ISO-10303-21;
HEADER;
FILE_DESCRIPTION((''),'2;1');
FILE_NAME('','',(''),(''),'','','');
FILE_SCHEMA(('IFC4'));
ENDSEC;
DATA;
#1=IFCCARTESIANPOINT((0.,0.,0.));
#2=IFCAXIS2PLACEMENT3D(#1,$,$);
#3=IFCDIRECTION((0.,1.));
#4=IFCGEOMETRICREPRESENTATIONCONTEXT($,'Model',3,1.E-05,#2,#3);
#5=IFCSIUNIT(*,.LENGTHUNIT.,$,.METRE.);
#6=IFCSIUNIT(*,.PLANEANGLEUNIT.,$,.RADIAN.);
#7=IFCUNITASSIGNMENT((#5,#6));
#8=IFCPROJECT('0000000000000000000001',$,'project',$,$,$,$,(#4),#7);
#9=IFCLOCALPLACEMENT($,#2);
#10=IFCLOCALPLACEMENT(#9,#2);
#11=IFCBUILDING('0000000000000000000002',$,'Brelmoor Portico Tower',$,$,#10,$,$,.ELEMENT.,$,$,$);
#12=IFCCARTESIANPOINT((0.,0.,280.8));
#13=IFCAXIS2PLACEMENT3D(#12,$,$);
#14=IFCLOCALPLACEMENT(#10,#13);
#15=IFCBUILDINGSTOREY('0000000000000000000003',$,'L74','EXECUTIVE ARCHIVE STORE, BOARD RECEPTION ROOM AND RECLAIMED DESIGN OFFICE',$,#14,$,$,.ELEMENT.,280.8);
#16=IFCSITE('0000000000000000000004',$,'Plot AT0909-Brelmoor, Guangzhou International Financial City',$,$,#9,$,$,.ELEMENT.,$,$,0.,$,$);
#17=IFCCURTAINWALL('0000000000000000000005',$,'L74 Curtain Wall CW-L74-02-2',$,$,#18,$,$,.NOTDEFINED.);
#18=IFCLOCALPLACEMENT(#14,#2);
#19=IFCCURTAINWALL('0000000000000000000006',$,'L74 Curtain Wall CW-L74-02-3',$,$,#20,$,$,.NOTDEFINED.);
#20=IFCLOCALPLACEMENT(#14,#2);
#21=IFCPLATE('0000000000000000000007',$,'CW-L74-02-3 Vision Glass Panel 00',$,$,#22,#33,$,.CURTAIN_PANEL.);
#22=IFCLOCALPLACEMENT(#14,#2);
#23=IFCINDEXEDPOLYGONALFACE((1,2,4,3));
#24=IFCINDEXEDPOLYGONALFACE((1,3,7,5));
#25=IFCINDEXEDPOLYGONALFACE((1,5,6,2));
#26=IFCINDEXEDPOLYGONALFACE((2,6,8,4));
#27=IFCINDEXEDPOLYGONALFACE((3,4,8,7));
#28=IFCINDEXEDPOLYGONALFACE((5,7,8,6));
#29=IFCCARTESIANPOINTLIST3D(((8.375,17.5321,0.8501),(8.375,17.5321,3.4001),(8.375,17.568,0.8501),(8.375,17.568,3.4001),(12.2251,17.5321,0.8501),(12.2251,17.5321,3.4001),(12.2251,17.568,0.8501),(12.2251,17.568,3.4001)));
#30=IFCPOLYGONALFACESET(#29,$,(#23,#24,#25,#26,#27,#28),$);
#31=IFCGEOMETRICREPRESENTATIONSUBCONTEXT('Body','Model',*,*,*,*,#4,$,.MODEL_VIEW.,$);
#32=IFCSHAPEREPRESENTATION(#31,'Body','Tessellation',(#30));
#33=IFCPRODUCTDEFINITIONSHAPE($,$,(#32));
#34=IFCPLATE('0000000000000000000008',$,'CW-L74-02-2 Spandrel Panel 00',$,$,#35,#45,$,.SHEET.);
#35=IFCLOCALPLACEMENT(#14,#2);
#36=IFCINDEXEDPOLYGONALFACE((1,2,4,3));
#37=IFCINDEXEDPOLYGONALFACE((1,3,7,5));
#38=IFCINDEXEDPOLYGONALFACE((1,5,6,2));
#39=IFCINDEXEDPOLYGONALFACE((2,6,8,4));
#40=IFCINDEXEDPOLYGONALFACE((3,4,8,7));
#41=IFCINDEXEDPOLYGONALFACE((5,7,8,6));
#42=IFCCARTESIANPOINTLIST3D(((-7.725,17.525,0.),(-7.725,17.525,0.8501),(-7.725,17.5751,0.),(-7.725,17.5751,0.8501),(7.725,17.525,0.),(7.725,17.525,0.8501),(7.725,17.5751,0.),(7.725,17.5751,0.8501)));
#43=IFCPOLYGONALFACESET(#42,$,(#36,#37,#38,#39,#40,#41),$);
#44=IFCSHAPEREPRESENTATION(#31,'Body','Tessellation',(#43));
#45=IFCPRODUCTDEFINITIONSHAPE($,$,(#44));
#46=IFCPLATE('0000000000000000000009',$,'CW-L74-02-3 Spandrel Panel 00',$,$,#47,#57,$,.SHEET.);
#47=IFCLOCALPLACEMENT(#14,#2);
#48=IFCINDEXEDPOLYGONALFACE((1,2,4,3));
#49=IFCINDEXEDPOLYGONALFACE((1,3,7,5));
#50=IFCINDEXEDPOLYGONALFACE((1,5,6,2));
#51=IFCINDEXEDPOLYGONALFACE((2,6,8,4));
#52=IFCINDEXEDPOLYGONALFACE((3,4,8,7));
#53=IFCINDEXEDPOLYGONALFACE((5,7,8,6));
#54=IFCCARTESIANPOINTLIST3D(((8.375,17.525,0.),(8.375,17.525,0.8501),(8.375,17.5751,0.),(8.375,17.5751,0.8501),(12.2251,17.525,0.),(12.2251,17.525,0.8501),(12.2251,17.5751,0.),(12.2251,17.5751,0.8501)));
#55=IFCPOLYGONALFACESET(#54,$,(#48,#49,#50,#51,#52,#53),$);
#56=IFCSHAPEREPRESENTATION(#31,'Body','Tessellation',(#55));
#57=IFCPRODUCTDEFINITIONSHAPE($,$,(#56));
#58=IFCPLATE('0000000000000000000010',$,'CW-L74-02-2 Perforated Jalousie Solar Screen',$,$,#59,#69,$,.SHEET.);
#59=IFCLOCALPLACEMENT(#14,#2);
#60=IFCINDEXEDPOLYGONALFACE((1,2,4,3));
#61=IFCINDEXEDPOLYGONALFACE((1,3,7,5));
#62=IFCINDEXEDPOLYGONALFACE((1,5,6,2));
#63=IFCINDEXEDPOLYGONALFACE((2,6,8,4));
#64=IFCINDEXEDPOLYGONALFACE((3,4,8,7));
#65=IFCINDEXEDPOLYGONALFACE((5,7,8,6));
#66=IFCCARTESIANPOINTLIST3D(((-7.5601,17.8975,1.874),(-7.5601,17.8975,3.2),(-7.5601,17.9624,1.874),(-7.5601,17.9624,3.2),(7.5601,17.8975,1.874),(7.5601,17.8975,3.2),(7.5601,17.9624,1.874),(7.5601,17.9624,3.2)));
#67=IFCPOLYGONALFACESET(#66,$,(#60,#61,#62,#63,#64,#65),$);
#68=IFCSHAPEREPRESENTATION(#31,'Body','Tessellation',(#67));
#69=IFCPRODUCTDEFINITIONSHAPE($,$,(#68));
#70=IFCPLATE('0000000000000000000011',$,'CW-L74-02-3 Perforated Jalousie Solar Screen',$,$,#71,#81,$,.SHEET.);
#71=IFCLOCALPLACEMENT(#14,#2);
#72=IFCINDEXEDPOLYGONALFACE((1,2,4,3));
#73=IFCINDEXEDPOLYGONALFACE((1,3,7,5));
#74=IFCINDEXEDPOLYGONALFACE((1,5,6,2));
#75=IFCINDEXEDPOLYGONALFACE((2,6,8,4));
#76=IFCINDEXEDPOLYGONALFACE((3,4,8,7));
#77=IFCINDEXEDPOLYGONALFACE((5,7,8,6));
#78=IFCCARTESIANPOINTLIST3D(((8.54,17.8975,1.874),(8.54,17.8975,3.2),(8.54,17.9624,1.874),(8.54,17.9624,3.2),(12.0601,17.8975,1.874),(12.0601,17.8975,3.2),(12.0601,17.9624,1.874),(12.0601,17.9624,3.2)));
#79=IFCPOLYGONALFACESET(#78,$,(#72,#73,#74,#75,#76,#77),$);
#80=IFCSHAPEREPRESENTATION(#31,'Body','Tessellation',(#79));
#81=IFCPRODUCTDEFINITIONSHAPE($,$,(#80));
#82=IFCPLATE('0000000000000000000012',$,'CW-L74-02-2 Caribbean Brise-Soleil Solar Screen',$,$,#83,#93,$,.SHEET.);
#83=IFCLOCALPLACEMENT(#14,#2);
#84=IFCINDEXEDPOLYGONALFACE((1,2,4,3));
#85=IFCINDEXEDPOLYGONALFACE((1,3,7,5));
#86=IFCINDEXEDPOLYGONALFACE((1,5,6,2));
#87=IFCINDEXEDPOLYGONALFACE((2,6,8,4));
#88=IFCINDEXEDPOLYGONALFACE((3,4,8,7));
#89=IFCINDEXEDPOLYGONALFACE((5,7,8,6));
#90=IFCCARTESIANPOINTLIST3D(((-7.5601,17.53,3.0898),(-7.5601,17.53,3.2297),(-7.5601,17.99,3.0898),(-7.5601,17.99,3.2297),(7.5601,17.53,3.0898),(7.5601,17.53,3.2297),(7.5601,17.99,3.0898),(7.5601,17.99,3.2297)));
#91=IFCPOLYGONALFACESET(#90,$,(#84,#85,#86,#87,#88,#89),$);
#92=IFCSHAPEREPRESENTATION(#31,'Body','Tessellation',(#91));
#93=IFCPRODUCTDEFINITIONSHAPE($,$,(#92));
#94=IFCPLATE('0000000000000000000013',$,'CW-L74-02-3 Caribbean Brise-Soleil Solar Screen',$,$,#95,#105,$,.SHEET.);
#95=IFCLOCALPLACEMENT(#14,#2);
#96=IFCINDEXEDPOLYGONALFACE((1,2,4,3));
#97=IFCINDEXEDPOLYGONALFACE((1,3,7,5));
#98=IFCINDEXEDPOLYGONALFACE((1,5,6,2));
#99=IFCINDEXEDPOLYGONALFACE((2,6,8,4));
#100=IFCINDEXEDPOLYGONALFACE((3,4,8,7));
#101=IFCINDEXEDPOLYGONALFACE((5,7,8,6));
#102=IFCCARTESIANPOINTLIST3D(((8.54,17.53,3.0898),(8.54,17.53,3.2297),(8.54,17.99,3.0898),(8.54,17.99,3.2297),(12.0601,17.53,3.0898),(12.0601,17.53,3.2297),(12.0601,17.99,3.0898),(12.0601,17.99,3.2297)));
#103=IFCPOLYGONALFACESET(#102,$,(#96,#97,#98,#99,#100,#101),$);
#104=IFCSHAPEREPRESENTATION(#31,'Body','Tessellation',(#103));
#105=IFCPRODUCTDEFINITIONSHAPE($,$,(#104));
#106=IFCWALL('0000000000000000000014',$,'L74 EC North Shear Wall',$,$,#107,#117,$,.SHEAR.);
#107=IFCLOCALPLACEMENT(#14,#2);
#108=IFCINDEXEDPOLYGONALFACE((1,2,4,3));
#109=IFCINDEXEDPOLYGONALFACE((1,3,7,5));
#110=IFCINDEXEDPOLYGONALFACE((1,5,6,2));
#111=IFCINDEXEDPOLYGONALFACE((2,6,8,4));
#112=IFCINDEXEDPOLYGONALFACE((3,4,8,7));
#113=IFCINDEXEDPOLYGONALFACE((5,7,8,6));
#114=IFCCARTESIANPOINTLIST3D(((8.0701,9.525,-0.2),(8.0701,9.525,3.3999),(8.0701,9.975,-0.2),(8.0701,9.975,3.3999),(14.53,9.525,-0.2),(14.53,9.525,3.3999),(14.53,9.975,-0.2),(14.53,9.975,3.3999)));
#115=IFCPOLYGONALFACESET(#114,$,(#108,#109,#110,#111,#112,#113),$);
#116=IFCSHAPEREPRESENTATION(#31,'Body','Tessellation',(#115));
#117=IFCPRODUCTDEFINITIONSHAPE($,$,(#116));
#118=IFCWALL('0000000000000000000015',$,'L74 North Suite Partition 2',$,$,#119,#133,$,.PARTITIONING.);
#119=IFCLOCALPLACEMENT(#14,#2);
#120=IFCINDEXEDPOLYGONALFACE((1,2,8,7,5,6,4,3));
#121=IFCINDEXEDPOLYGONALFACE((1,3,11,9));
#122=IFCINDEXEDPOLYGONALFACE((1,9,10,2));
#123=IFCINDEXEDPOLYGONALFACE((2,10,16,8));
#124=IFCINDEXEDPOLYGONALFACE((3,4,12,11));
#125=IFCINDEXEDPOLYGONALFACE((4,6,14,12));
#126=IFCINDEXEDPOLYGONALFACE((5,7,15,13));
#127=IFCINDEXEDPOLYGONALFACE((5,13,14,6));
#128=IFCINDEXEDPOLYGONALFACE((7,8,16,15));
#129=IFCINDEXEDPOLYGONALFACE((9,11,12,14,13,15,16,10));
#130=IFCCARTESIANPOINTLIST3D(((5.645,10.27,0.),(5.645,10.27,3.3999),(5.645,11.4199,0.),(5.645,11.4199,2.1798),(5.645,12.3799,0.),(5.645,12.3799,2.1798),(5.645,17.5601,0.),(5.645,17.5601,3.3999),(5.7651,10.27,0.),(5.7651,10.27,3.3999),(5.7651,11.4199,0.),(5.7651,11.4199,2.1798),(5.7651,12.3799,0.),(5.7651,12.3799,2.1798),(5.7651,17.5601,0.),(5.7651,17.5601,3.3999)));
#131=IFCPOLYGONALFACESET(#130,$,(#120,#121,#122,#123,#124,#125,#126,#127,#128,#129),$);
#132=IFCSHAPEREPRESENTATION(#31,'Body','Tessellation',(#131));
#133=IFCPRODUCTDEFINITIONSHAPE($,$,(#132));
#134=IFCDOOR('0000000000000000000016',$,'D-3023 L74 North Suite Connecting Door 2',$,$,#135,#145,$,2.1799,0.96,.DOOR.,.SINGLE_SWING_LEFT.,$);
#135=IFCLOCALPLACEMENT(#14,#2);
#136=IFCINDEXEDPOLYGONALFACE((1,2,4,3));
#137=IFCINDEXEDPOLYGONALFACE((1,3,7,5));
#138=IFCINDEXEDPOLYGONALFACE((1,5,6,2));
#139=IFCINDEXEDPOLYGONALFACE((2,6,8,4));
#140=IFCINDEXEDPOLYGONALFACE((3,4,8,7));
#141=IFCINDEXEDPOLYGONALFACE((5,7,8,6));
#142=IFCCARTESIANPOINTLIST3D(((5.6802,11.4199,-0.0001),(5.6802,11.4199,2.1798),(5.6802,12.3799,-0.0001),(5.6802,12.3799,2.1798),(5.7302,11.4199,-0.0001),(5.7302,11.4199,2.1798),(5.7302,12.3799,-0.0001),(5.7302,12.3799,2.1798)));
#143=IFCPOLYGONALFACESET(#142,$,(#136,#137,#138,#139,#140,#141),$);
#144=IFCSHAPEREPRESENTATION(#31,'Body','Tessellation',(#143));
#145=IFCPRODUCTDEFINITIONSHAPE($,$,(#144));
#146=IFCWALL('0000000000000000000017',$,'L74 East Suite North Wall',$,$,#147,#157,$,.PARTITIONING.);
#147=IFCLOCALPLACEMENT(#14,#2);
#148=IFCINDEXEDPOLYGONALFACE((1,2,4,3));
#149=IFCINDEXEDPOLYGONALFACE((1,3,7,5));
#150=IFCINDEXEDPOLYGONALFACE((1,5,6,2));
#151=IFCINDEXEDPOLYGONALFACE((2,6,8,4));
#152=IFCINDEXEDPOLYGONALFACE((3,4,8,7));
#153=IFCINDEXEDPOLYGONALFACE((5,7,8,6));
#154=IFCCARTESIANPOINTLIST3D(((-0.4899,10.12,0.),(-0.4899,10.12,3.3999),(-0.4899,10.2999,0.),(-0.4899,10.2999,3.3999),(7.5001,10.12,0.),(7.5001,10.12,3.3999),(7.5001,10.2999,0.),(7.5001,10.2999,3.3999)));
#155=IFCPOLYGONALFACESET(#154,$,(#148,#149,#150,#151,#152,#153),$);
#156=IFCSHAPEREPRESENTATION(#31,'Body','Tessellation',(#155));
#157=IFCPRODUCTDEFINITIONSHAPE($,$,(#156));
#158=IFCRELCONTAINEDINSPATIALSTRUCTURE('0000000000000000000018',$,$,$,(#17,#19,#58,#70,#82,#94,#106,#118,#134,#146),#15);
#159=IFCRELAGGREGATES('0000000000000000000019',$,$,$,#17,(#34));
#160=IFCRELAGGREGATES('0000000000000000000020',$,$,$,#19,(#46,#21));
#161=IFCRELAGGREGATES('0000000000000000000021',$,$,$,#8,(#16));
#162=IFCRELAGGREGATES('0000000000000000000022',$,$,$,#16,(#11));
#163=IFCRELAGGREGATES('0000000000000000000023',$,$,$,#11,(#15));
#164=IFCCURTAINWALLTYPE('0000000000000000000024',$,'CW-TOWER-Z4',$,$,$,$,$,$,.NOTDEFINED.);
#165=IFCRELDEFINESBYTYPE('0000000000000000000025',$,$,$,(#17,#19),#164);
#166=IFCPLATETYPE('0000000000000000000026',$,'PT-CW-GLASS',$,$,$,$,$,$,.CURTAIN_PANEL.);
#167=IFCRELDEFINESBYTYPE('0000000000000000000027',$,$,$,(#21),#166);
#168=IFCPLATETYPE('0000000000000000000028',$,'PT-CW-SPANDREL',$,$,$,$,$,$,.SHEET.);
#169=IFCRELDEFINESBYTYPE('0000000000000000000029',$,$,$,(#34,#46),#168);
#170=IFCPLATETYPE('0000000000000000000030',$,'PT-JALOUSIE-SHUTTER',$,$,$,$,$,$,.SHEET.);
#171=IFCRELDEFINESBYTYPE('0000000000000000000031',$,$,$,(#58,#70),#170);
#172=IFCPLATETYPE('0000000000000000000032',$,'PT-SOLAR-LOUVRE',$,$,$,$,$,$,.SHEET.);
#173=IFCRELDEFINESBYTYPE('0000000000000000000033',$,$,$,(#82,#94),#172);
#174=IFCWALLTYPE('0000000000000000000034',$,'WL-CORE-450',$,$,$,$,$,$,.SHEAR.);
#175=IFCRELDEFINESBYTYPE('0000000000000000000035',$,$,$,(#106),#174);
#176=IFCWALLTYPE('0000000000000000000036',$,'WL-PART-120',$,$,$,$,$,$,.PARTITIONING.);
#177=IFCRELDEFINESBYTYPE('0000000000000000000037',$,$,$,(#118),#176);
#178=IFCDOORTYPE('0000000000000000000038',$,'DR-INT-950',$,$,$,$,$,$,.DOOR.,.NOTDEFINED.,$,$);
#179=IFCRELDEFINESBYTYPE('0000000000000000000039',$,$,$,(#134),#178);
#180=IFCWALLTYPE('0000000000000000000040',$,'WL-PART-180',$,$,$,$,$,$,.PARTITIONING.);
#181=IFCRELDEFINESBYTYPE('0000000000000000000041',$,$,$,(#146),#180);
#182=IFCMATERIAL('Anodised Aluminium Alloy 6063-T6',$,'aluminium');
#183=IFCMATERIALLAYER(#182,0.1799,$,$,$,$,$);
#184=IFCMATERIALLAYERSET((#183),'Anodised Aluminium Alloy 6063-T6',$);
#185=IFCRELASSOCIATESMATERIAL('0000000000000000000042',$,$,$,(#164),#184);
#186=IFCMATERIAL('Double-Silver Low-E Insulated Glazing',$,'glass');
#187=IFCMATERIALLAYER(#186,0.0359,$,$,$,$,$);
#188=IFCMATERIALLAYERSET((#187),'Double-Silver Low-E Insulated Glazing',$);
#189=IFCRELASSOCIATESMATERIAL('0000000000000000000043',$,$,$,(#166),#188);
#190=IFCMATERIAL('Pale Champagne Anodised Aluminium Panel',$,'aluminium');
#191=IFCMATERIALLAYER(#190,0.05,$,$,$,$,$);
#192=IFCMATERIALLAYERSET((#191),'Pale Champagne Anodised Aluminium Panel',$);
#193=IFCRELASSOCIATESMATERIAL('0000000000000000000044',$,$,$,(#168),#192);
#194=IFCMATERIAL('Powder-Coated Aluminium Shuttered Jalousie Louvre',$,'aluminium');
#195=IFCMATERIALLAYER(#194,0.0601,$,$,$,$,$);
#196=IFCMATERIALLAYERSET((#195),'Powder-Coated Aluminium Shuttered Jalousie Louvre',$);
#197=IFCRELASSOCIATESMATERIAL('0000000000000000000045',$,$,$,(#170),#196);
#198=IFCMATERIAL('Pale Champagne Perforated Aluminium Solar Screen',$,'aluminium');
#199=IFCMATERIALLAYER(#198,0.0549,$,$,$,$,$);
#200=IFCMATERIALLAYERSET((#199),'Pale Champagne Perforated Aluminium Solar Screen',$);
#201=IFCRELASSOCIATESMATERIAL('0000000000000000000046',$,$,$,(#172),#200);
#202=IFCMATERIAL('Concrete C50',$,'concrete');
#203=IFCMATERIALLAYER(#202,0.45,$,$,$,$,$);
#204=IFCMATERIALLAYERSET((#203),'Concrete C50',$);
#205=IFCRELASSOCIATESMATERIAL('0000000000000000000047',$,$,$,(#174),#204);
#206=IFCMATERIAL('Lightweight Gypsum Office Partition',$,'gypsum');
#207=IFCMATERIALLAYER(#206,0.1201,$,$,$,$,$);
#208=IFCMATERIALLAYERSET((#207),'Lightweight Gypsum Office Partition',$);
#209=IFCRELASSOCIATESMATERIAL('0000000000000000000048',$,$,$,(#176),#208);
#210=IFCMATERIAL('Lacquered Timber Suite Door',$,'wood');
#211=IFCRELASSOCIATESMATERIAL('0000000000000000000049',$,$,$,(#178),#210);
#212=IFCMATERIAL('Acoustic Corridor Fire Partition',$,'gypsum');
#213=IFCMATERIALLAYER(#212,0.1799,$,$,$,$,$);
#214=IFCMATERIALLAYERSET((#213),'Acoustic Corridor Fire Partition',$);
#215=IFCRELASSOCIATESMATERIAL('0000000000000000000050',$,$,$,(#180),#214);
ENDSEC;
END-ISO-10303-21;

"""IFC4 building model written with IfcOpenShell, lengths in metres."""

from ifc_helpers import new_model, si_unit, direction, frame, frame_2d, origin, origin_2d, place, context, subcontext, project, spatial, rectangle, extrude, material, layer, layer_set, type_object, element, fill, aggregate, save


model = new_model("IFC4")

# Units and contexts
model_context = context("Model", 3, precision=1e-05, world=origin(), true_north=direction((0.0, 1.0)))
body_context = subcontext(model_context, "Body", "Model", "MODEL_VIEW")
ifc_project = project(units=[si_unit("LENGTHUNIT", "METRE"), si_unit("PLANEANGLEUNIT", "RADIAN")], contexts=[model_context])

# Site, building, storey
site_placement = place(None, origin())
site = spatial("IfcSite", under=ifc_project, at=site_placement, Name="Plot AT0909-Brelmoor, Guangzhou International Financial City", CompositionType="ELEMENT", RefElevation=0.0)
building_placement = place(site_placement, origin())
building = spatial("IfcBuilding", under=site, at=building_placement, Name="Brelmoor Portico Tower", CompositionType="ELEMENT")
storey_placement = place(building_placement, frame((0.0, 0.0, 280.8)))
storey = spatial("IfcBuildingStorey", under=building, at=storey_placement, Name="L74", Description="EXECUTIVE ARCHIVE STORE, BOARD RECEPTION ROOM AND RECLAIMED DESIGN OFFICE", CompositionType="ELEMENT", Elevation=280.8)

# Curtain wall
ifc_material_1 = material(Name="Anodised Aluminium Alloy 6063-T6", Category="aluminium")
ifc_layer_1 = layer(ifc_material_1, 0.1799)
ifc_layer_set_1 = layer_set([ifc_layer_1], Name="Anodised Aluminium Alloy 6063-T6")
curtain_wall_type = type_object("IfcCurtainWallType", Name="CW-TOWER-Z4", PredefinedType="NOTDEFINED", material=ifc_layer_set_1)
curtain_wall_1_placement = place(storey_placement, origin())
curtain_wall_1 = element("IfcCurtainWall", 1, at=curtain_wall_1_placement, inside=storey, type_object=curtain_wall_type, Name="L74 Curtain Wall CW-L74-02-2", PredefinedType="NOTDEFINED")

# Curtain wall
curtain_wall_2_placement = place(storey_placement, origin())
curtain_wall_2 = element("IfcCurtainWall", 2, at=curtain_wall_2_placement, inside=storey, type_object=curtain_wall_type, Name="L74 Curtain Wall CW-L74-02-3", PredefinedType="NOTDEFINED")

# Plates
ifc_material_2 = material(Name="Double-Silver Low-E Insulated Glazing", Category="glass")
ifc_layer_2 = layer(ifc_material_2, 0.0359)
ifc_layer_set_2 = layer_set([ifc_layer_2], Name="Double-Silver Low-E Insulated Glazing")
plate_type_1 = type_object("IfcPlateType", Name="PT-CW-GLASS", PredefinedType="CURTAIN_PANEL", material=ifc_layer_set_2)
plate_1_placement = place(storey_placement, frame((10.3, 17.55, 0.8501), z_axis=(0.0, 0.0, 1.0), x_axis=(1.0, 0.0, 0.0)))
plate_1 = element("IfcPlate", 3, at=plate_1_placement, type_object=plate_type_1, Name="CW-L74-02-3 Vision Glass Panel 00", PredefinedType="CURTAIN_PANEL", context=body_context, shape_type="SweptSolid", body=[
    extrude(rectangle(XDim=3.8501, YDim=0.0359, at=origin_2d()), origin(), (0.0, 0.0, 1.0), 2.55),
])
ifc_material_3 = material(Name="Pale Champagne Anodised Aluminium Panel", Category="aluminium")
ifc_layer_3 = layer(ifc_material_3, 0.05)
ifc_layer_set_3 = layer_set([ifc_layer_3], Name="Pale Champagne Anodised Aluminium Panel")
plate_type_2 = type_object("IfcPlateType", Name="PT-CW-SPANDREL", PredefinedType="SHEET", material=ifc_layer_set_3)
plate_2_placement = place(storey_placement, frame((0.0, 17.55, 0.0), z_axis=(0.0, 0.0, 1.0), x_axis=(1.0, 0.0, 0.0)))
plate_2 = element("IfcPlate", 4, at=plate_2_placement, type_object=plate_type_2, Name="CW-L74-02-2 Spandrel Panel 00", PredefinedType="SHEET", context=body_context, shape_type="SweptSolid", body=[
    extrude(rectangle(XDim=15.45, YDim=0.05, at=origin_2d()), origin(), (0.0, 0.0, 1.0), 0.8501),
])
aggregate(curtain_wall_1, [plate_2])
plate_3_placement = place(storey_placement, frame((10.3, 17.55, 0.0), z_axis=(0.0, 0.0, 1.0), x_axis=(1.0, 0.0, 0.0)))
plate_3 = element("IfcPlate", 5, at=plate_3_placement, type_object=plate_type_2, Name="CW-L74-02-3 Spandrel Panel 00", PredefinedType="SHEET", context=body_context, shape_type="SweptSolid", body=[
    extrude(rectangle(XDim=3.8501, YDim=0.05, at=origin_2d()), origin(), (0.0, 0.0, 1.0), 0.8501),
])
aggregate(curtain_wall_2, [plate_3, plate_1])

# Plates
ifc_material_4 = material(Name="Powder-Coated Aluminium Shuttered Jalousie Louvre", Category="aluminium")
ifc_layer_4 = layer(ifc_material_4, 0.0601)
ifc_layer_set_4 = layer_set([ifc_layer_4], Name="Powder-Coated Aluminium Shuttered Jalousie Louvre")
plate_type_3 = type_object("IfcPlateType", Name="PT-JALOUSIE-SHUTTER", PredefinedType="SHEET", material=ifc_layer_set_4)
plate_4_placement = place(storey_placement, frame((0.0, 17.9299, 1.874), z_axis=(0.0, 0.0, 1.0), x_axis=(1.0, 0.0, 0.0)))
element("IfcPlate", 6, at=plate_4_placement, inside=storey, type_object=plate_type_3, Name="CW-L74-02-2 Perforated Jalousie Solar Screen", PredefinedType="SHEET", context=body_context, shape_type="SweptSolid", body=[
    extrude(rectangle(XDim=15.1201, YDim=0.0649, at=origin_2d()), origin(), (0.0, 0.0, 1.0), 1.3259),
])
plate_5_placement = place(storey_placement, frame((10.3, 17.9299, 1.874), z_axis=(0.0, 0.0, 1.0), x_axis=(1.0, 0.0, 0.0)))
element("IfcPlate", 7, at=plate_5_placement, inside=storey, type_object=plate_type_3, Name="CW-L74-02-3 Perforated Jalousie Solar Screen", PredefinedType="SHEET", context=body_context, shape_type="SweptSolid", body=[
    extrude(rectangle(XDim=3.52, YDim=0.0649, at=origin_2d()), origin(), (0.0, 0.0, 1.0), 1.3259),
])
ifc_material_5 = material(Name="Pale Champagne Perforated Aluminium Solar Screen", Category="aluminium")
ifc_layer_5 = layer(ifc_material_5, 0.0549)
ifc_layer_set_5 = layer_set([ifc_layer_5], Name="Pale Champagne Perforated Aluminium Solar Screen")
plate_type_4 = type_object("IfcPlateType", Name="PT-SOLAR-LOUVRE", PredefinedType="SHEET", material=ifc_layer_set_5)
plate_6_placement = place(storey_placement, frame((0.0, 17.76, 3.0898), z_axis=(0.0, 0.0, 1.0), x_axis=(1.0, 0.0, 0.0)))
element("IfcPlate", 8, at=plate_6_placement, inside=storey, type_object=plate_type_4, Name="CW-L74-02-2 Caribbean Brise-Soleil Solar Screen", PredefinedType="SHEET", context=body_context, shape_type="SweptSolid", body=[
    extrude(rectangle(XDim=15.1201, YDim=0.46, at=origin_2d()), origin(), (0.0, 0.0, 1.0), 0.1399),
])
plate_7_placement = place(storey_placement, frame((10.3, 17.76, 3.0898), z_axis=(0.0, 0.0, 1.0), x_axis=(1.0, 0.0, 0.0)))
element("IfcPlate", 9, at=plate_7_placement, inside=storey, type_object=plate_type_4, Name="CW-L74-02-3 Caribbean Brise-Soleil Solar Screen", PredefinedType="SHEET", context=body_context, shape_type="SweptSolid", body=[
    extrude(rectangle(XDim=3.52, YDim=0.46, at=origin_2d()), origin(), (0.0, 0.0, 1.0), 0.1399),
])

# Wall
ifc_material_6 = material(Name="Concrete C50", Category="concrete")
ifc_layer_6 = layer(ifc_material_6, 0.45)
ifc_layer_set_6 = layer_set([ifc_layer_6], Name="Concrete C50")
wall_type_1 = type_object("IfcWallType", Name="WL-CORE-450", PredefinedType="SHEAR", material=ifc_layer_set_6)
wall_1_placement = place(storey_placement, frame((8.0701, 9.75, -0.2), z_axis=(0.0, 0.0, 1.0), x_axis=(1.0, 0.0, 0.0)))
element("IfcWall", 10, at=wall_1_placement, inside=storey, type_object=wall_type_1, Name="L74 EC North Shear Wall", PredefinedType="SHEAR", context=body_context, shape_type="SweptSolid", body=[
    extrude(rectangle(XDim=6.46, YDim=0.45, at=frame_2d((3.23, 0.0))), origin(), (0.0, 0.0, 1.0), 3.5999),
])

# Wall, opening, door
ifc_material_7 = material(Name="Lightweight Gypsum Office Partition", Category="gypsum")
ifc_layer_7 = layer(ifc_material_7, 0.1201)
ifc_layer_set_7 = layer_set([ifc_layer_7], Name="Lightweight Gypsum Office Partition")
wall_type_2 = type_object("IfcWallType", Name="WL-PART-120", PredefinedType="PARTITIONING", material=ifc_layer_set_7)
wall_2_placement = place(storey_placement, frame((5.7051, 10.27, 0.0), z_axis=(0.0, 0.0, 1.0), x_axis=(0.0, 1.0, 0.0)))
wall_2 = element("IfcWall", 11, at=wall_2_placement, inside=storey, type_object=wall_type_2, Name="L74 North Suite Partition 2", PredefinedType="PARTITIONING", context=body_context, shape_type="SweptSolid", body=[
    extrude(rectangle(XDim=7.29, YDim=0.1201, at=frame_2d((3.645, 0.0))), origin(), (0.0, 0.0, 1.0), 3.3999),
])
opening_placement = place(wall_2_placement, frame((1.1499, 0.0, 0.0)))
opening = element("IfcOpeningElement", 12, at=opening_placement, cuts=wall_2, PredefinedType="OPENING", context=body_context, shape_type="SweptSolid", body=[
    extrude(rectangle(XDim=0.96, YDim=2.1799, at=frame_2d((0.48, 1.0898))), frame((0.0, 0.0701, 0.0), z_axis=(0.0, -1.0, 0.0), x_axis=(1.0, 0.0, 0.0)), (0.0, 0.0, 1.0), 0.1401),
])
ifc_material_8 = material(Name="Lacquered Timber Suite Door", Category="wood")
door_type = type_object("IfcDoorType", Name="DR-INT-950", OperationType="NOTDEFINED", PredefinedType="DOOR", material=ifc_material_8)
door_placement = place(opening_placement, origin())
door = element("IfcDoor", 13, at=door_placement, inside=storey, type_object=door_type, Name="D-3023 L74 North Suite Connecting Door 2", OperationType="SINGLE_SWING_LEFT", OverallHeight=2.1799, OverallWidth=0.96, PredefinedType="DOOR", context=body_context, shape_type="SweptSolid", body=[
    extrude(rectangle(XDim=0.96, YDim=2.1799, at=frame_2d((0.48, 1.0898))), frame((0.0, 0.0249, 0.0), z_axis=(0.0, -1.0, 0.0), x_axis=(1.0, 0.0, 0.0)), (0.0, 0.0, 1.0), 0.05),
])
fill(opening, door)

# Wall
ifc_material_9 = material(Name="Acoustic Corridor Fire Partition", Category="gypsum")
ifc_layer_8 = layer(ifc_material_9, 0.1799)
ifc_layer_set_8 = layer_set([ifc_layer_8], Name="Acoustic Corridor Fire Partition")
wall_type_3 = type_object("IfcWallType", Name="WL-PART-180", PredefinedType="PARTITIONING", material=ifc_layer_set_8)
wall_3_placement = place(storey_placement, frame((-0.49, 10.21, 0.0), z_axis=(0.0, 0.0, 1.0), x_axis=(1.0, 0.0, 0.0)))
element("IfcWall", 14, at=wall_3_placement, inside=storey, type_object=wall_type_3, Name="L74 East Suite North Wall", PredefinedType="PARTITIONING", context=body_context, shape_type="SweptSolid", body=[
    extrude(rectangle(XDim=7.99, YDim=0.1799, at=frame_2d((3.9951, 0.0))), origin(), (0.0, 0.0, 1.0), 3.3999),
])

save(model, "model.ifc")
